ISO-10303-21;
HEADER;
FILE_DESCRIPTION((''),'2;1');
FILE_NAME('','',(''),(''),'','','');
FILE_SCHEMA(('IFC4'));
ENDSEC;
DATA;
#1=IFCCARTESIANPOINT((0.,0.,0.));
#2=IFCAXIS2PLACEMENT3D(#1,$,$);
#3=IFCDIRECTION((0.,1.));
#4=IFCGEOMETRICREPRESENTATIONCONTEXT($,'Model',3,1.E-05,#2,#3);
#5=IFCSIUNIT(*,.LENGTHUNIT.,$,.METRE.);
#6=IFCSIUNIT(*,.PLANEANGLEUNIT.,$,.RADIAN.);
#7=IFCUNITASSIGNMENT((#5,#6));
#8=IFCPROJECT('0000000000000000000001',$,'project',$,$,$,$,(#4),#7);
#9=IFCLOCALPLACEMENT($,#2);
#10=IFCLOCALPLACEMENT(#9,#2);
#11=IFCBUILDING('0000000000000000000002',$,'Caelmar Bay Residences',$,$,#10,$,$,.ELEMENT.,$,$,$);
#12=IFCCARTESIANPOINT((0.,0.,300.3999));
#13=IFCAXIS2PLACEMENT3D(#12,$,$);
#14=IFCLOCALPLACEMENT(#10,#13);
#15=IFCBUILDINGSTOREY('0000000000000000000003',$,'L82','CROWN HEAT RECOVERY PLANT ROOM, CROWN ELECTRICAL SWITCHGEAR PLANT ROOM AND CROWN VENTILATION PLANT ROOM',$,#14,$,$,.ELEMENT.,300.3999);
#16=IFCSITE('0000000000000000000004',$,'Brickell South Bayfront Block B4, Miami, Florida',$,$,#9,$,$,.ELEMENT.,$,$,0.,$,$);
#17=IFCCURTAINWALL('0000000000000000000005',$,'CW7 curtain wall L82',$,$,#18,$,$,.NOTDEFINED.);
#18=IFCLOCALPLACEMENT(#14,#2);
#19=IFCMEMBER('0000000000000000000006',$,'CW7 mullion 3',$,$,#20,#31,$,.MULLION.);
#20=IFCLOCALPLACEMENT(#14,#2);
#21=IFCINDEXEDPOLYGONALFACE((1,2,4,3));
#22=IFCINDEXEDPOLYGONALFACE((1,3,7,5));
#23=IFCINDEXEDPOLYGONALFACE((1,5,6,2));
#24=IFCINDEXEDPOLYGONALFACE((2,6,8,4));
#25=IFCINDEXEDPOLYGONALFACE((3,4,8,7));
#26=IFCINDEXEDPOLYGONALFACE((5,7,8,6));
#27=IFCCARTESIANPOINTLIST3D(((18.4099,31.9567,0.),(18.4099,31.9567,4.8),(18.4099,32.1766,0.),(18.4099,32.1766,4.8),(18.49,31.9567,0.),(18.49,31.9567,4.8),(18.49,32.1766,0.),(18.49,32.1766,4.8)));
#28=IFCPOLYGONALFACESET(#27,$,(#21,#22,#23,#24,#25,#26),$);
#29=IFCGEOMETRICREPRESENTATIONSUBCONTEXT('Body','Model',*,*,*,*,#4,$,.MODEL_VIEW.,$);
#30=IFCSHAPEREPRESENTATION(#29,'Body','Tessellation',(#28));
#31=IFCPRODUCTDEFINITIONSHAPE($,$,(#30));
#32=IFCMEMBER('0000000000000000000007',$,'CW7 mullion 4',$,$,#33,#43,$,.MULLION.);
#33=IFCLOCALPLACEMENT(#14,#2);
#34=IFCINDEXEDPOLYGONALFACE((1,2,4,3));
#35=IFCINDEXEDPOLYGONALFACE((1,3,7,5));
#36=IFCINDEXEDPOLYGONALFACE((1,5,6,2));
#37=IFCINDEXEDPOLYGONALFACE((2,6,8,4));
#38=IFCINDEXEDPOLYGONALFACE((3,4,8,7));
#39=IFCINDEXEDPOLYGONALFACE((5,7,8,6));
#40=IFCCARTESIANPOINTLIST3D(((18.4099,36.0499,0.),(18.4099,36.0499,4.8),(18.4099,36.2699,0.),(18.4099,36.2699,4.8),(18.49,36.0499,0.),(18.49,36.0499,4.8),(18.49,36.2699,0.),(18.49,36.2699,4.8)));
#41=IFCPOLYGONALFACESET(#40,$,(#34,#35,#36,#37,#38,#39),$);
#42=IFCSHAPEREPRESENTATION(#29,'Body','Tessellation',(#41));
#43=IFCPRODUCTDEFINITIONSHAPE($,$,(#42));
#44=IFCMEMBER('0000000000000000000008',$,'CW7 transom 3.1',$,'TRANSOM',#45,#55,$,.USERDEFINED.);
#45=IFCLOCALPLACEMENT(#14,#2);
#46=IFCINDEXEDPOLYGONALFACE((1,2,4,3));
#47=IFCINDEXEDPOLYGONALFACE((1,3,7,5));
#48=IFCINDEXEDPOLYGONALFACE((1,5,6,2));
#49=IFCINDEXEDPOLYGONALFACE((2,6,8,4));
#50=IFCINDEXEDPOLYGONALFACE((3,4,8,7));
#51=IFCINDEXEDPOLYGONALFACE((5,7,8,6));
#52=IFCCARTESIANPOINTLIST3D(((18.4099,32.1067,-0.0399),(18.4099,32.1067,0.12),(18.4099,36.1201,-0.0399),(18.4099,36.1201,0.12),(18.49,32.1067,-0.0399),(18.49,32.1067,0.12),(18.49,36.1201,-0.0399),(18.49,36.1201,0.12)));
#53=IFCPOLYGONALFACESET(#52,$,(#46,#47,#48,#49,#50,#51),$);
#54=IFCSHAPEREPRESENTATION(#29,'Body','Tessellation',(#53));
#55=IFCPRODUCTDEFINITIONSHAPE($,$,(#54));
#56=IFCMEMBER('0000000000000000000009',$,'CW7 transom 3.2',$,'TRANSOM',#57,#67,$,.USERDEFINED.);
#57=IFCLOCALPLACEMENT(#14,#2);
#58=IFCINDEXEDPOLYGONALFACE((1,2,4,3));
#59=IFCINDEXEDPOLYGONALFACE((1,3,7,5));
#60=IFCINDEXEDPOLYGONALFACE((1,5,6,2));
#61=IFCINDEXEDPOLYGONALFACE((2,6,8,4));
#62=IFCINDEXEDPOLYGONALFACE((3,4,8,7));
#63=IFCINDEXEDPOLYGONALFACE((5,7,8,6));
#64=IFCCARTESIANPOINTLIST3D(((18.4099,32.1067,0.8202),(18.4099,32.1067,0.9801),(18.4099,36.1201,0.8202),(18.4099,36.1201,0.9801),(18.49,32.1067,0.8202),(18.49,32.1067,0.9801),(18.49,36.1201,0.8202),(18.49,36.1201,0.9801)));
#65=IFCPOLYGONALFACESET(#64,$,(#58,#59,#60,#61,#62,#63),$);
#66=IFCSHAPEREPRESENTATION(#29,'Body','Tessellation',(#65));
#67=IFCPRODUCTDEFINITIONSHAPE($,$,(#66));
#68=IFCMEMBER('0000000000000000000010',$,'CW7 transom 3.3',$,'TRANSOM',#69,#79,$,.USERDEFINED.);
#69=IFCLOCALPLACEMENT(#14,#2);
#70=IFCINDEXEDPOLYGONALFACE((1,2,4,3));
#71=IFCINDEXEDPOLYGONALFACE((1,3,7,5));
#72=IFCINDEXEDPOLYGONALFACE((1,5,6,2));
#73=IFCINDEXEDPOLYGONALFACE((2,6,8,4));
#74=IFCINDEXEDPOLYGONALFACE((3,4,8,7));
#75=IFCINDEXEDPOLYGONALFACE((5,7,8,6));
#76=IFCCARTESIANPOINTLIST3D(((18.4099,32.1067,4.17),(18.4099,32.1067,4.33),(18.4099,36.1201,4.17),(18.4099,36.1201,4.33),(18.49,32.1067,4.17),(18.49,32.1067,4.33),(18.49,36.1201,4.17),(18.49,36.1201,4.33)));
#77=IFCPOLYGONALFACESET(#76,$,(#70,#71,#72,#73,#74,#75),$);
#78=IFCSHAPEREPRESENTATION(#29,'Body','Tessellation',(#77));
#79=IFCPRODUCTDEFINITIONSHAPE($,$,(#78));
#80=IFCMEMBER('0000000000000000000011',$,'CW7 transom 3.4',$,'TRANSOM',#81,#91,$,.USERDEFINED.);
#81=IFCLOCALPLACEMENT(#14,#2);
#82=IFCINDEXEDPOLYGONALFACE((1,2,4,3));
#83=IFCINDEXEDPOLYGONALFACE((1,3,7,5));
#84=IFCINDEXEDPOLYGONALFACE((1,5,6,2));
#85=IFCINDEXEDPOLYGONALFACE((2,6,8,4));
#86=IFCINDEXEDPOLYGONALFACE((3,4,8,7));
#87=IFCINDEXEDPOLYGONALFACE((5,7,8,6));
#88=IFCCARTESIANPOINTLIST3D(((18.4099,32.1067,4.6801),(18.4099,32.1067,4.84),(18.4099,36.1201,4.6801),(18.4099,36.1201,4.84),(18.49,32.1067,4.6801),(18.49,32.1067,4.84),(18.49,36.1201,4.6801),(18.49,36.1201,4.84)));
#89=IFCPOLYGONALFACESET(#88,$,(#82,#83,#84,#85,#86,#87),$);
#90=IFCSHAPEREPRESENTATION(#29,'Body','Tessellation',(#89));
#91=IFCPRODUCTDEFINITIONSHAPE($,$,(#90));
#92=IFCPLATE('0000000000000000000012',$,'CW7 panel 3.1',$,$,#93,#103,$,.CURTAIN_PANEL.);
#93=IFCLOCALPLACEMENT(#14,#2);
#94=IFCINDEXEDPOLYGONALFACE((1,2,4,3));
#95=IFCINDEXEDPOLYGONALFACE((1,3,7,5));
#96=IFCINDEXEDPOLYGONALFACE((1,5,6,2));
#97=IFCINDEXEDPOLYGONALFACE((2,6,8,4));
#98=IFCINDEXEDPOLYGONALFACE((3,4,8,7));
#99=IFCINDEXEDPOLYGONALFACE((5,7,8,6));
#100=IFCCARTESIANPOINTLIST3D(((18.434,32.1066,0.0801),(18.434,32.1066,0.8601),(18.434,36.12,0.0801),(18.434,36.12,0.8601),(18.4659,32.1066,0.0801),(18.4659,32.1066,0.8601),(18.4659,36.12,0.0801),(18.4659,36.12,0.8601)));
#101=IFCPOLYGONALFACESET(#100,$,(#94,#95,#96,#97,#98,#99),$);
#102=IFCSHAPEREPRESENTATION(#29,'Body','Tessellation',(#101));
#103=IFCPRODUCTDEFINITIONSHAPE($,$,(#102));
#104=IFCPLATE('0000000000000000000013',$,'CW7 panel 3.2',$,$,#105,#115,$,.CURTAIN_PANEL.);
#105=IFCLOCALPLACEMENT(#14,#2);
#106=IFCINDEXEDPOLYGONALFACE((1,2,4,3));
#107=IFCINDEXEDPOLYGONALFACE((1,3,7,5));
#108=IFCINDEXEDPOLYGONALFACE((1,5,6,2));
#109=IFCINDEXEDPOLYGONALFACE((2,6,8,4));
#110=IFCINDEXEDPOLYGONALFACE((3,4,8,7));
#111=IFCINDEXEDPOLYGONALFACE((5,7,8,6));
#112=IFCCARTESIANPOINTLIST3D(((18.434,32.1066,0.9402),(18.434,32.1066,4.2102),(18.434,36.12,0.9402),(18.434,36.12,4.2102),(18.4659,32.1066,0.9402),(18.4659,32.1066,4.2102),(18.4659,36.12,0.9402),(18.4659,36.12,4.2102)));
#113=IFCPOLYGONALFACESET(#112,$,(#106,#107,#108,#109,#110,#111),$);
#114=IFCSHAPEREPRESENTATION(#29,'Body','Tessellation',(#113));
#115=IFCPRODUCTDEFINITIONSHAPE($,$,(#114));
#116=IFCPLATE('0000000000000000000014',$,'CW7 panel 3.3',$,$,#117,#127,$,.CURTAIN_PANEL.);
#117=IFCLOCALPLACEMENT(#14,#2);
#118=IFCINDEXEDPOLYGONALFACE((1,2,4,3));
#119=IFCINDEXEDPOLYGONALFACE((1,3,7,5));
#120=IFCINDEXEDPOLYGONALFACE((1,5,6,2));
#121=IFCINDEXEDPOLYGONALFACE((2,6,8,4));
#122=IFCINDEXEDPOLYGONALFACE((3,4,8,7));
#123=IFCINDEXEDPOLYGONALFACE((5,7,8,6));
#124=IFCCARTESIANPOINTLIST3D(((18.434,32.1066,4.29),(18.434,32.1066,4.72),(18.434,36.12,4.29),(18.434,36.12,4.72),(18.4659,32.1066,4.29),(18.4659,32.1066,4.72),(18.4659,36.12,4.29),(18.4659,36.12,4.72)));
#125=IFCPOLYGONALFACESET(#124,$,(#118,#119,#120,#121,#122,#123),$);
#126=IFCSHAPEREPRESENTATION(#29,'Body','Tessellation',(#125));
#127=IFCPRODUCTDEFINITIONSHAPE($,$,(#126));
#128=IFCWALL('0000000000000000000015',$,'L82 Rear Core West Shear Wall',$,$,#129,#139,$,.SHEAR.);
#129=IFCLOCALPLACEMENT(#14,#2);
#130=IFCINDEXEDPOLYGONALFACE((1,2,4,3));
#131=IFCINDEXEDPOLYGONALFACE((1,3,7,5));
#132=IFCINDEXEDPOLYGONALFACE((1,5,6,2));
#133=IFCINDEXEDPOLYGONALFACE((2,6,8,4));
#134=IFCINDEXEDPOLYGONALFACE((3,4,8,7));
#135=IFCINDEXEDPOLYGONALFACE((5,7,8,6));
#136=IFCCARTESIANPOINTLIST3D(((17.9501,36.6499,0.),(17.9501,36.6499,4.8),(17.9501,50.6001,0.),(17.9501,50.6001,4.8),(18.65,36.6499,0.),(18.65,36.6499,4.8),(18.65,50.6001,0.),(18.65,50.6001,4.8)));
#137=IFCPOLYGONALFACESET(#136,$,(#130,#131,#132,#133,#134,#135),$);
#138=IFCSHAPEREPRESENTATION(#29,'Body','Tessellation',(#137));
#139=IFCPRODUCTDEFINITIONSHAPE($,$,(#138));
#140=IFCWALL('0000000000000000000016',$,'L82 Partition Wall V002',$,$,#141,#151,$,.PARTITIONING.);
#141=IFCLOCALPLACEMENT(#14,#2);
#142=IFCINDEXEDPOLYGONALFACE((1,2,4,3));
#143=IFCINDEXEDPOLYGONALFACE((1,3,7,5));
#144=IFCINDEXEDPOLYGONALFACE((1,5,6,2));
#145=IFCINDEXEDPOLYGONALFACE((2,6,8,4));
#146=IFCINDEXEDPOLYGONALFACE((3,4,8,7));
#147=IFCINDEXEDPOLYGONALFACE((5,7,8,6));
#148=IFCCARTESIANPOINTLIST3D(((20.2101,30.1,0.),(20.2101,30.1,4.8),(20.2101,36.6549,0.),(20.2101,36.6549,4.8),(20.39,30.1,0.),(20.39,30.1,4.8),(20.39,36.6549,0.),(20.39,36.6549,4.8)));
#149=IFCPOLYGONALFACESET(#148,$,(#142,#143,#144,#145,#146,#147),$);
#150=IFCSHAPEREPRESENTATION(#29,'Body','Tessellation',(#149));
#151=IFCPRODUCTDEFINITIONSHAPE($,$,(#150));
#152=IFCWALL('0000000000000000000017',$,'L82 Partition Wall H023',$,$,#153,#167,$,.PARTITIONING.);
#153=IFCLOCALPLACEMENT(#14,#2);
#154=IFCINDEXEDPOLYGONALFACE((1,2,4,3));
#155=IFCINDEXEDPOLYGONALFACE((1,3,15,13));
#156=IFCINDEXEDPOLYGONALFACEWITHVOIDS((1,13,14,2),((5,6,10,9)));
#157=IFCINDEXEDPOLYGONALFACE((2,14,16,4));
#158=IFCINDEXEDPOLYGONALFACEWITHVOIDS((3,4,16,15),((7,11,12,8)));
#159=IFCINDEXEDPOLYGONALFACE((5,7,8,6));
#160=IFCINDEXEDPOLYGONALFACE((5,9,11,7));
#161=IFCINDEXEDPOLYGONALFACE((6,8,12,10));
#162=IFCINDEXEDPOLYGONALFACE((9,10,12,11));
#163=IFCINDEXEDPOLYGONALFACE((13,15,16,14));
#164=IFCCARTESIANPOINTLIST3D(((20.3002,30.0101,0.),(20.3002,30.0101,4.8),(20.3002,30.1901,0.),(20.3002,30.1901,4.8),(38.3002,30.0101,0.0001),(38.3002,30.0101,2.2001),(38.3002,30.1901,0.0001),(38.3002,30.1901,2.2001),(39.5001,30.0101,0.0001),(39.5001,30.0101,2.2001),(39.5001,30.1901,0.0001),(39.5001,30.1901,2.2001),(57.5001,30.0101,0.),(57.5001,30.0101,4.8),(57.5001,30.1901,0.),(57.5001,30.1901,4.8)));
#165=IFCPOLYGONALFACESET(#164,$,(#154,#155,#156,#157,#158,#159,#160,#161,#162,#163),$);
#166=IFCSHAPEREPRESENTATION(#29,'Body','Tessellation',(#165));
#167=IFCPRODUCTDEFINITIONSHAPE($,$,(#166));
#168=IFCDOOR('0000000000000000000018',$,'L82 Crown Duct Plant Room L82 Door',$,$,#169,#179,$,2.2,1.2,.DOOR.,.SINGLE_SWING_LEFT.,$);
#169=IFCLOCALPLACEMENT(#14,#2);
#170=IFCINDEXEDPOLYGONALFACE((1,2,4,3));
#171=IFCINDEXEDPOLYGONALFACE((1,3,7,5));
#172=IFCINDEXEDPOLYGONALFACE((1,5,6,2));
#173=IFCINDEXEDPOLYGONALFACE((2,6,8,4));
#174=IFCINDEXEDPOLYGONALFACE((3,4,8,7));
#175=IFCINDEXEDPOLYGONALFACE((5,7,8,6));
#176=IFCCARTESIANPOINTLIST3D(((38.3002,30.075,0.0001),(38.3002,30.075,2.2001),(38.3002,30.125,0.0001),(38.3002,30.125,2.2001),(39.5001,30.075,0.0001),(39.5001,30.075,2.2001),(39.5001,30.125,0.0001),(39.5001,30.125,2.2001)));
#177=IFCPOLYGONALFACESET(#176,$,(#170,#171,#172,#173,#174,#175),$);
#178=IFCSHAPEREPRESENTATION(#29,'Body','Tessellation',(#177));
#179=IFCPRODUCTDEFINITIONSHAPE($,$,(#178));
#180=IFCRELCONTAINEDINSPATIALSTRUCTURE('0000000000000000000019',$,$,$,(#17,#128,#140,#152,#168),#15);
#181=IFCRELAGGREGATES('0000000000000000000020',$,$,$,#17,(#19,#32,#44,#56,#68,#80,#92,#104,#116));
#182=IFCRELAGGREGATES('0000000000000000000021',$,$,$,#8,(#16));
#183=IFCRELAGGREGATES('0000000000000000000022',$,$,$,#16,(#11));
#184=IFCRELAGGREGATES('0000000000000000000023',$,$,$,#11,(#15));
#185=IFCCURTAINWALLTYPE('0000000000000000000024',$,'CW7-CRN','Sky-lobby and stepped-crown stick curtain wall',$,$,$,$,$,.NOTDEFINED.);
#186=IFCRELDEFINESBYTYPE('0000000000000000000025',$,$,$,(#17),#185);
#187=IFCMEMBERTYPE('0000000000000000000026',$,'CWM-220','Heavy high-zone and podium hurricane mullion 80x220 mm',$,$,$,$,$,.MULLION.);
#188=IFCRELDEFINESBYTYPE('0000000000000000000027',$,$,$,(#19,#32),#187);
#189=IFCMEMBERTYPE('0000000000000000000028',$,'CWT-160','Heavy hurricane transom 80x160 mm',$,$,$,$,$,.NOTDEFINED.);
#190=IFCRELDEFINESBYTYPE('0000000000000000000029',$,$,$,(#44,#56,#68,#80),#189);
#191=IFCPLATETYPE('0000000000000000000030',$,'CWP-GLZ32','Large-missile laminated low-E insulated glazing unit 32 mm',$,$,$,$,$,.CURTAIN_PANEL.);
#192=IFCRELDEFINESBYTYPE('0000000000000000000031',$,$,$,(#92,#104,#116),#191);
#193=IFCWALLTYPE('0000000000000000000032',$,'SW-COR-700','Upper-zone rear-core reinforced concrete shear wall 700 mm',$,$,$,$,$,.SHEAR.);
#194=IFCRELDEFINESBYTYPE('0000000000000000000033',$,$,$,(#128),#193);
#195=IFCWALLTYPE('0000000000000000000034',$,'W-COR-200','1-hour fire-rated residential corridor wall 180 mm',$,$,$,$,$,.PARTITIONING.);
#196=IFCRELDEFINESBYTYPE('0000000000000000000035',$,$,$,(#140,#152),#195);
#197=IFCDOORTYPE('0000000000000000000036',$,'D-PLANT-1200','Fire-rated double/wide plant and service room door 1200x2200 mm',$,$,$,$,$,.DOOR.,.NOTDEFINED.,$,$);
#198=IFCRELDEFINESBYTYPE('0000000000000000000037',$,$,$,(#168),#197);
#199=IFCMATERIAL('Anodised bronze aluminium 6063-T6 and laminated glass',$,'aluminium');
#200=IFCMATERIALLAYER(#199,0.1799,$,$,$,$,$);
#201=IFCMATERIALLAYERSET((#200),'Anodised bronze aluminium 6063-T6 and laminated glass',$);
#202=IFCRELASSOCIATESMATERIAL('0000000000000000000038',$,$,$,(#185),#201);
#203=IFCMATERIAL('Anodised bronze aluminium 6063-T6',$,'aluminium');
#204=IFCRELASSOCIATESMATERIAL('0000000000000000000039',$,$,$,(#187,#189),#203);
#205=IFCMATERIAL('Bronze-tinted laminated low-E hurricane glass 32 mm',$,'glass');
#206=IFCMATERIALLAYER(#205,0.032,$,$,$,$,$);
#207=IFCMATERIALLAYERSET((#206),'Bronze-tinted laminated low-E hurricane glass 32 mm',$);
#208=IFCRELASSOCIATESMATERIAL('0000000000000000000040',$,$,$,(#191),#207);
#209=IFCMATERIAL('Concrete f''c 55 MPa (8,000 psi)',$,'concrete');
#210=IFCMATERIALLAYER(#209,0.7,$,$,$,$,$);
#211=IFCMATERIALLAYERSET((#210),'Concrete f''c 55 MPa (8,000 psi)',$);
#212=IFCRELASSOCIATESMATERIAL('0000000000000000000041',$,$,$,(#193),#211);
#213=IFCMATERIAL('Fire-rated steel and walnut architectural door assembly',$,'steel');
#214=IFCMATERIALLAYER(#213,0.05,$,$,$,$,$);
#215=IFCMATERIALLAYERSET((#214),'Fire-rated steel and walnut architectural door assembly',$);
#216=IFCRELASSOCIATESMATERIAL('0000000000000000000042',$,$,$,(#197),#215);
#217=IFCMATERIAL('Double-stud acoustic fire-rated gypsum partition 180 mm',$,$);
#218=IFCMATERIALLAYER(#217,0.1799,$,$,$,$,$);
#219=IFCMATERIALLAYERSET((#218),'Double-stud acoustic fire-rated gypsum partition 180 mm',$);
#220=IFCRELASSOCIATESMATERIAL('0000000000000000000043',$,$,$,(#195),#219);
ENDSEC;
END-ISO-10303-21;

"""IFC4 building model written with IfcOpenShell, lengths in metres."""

from ifc_helpers import new_model, si_unit, direction, frame, frame_2d, origin, origin_2d, place, context, subcontext, project, spatial, rectangle, extrude, material, layer, layer_set, material_profile, profile_set, type_object, element, fill, aggregate, save


model = new_model("IFC4")

# Units and contexts
model_context = context("Model", 3, precision=1e-05, world=origin(), true_north=direction((0.0, 1.0)))
body_context = subcontext(model_context, "Body", "Model", "MODEL_VIEW")
ifc_project = project(units=[si_unit("LENGTHUNIT", "METRE"), si_unit("PLANEANGLEUNIT", "RADIAN")], contexts=[model_context])

# Site, building, storey
site_placement = place(None, origin())
site = spatial("IfcSite", under=ifc_project, at=site_placement, Name="Brickell South Bayfront Block B4, Miami, Florida", CompositionType="ELEMENT", RefElevation=0.0)
building_placement = place(site_placement, origin())
building = spatial("IfcBuilding", under=site, at=building_placement, Name="Caelmar Bay Residences", CompositionType="ELEMENT")
storey_placement = place(building_placement, frame((0.0, 0.0, 300.3999)))
storey = spatial("IfcBuildingStorey", under=building, at=storey_placement, Name="L82", Description="CROWN HEAT RECOVERY PLANT ROOM, CROWN ELECTRICAL SWITCHGEAR PLANT ROOM AND CROWN VENTILATION PLANT ROOM", CompositionType="ELEMENT", Elevation=300.3999)

# Curtain wall, members, plates
ifc_material_1 = material(Name="Anodised bronze aluminium 6063-T6 and laminated glass", Category="aluminium")
ifc_layer_1 = layer(ifc_material_1, 0.1799)
ifc_layer_set_1 = layer_set([ifc_layer_1], Name="Anodised bronze aluminium 6063-T6 and laminated glass")
curtain_wall_type = type_object("IfcCurtainWallType", Name="CW7-CRN", Description="Sky-lobby and stepped-crown stick curtain wall", PredefinedType="NOTDEFINED", material=ifc_layer_set_1)
curtain_wall_placement = place(storey_placement, origin())
curtain_wall = element("IfcCurtainWall", 1, at=curtain_wall_placement, inside=storey, type_object=curtain_wall_type, Name="CW7 curtain wall L82", PredefinedType="NOTDEFINED")
ifc_material_2 = material(Name="Anodised bronze aluminium 6063-T6", Category="aluminium")
ifc_material_profile_1 = material_profile(ifc_material_2, rectangle(XDim=0.0801, YDim=0.22, at=origin_2d()), Name="CWM-80X220")
ifc_profile_set_1 = profile_set([ifc_material_profile_1], Name="Anodised bronze aluminium 6063-T6")
member_type_1 = type_object("IfcMemberType", Name="CWM-220", Description="Heavy high-zone and podium hurricane mullion 80x220 mm", PredefinedType="MULLION", material=ifc_profile_set_1)
member_1_placement = place(storey_placement, frame((18.45, 32.0667, 0.0), z_axis=(0.0, 0.0, 1.0), x_axis=(-1.0, 0.0, 0.0)))
member_1 = element("IfcMember", 2, at=member_1_placement, type_object=member_type_1, Name="CW7 mullion 3", PredefinedType="MULLION", context=body_context, shape_type="SweptSolid", body=[
    extrude(rectangle(XDim=0.0801, YDim=0.22, at=origin_2d()), origin(), (0.0, 0.0, 1.0), 4.8),
])
member_2_placement = place(storey_placement, frame((18.45, 36.1599, 0.0), z_axis=(0.0, 0.0, 1.0), x_axis=(-1.0, 0.0, 0.0)))
member_2 = element("IfcMember", 3, at=member_2_placement, type_object=member_type_1, Name="CW7 mullion 4", PredefinedType="MULLION", context=body_context, shape_type="SweptSolid", body=[
    extrude(rectangle(XDim=0.0801, YDim=0.22, at=origin_2d()), origin(), (0.0, 0.0, 1.0), 4.8),
])
ifc_material_profile_2 = material_profile(ifc_material_2, rectangle(XDim=0.0801, YDim=0.1599, at=origin_2d()), Name="CWT-80X160")
ifc_profile_set_2 = profile_set([ifc_material_profile_2], Name="Anodised bronze aluminium 6063-T6")
member_type_2 = type_object("IfcMemberType", Name="CWT-160", Description="Heavy hurricane transom 80x160 mm", PredefinedType="NOTDEFINED", material=ifc_profile_set_2)
member_3_placement = place(storey_placement, frame((18.45, 32.1067, 0.04), z_axis=(0.0, 1.0, 0.0), x_axis=(-1.0, 0.0, 0.0)))
member_3 = element("IfcMember", 4, at=member_3_placement, type_object=member_type_2, Name="CW7 transom 3.1", ObjectType="TRANSOM", PredefinedType="USERDEFINED", context=body_context, shape_type="SweptSolid", body=[
    extrude(rectangle(XDim=0.0801, YDim=0.1599, at=origin_2d()), origin(), (0.0, 0.0, 1.0), 4.0134),
])
member_4_placement = place(storey_placement, frame((18.45, 32.1067, 0.9001), z_axis=(0.0, 1.0, 0.0), x_axis=(-1.0, 0.0, 0.0)))
member_4 = element("IfcMember", 5, at=member_4_placement, type_object=member_type_2, Name="CW7 transom 3.2", ObjectType="TRANSOM", PredefinedType="USERDEFINED", context=body_context, shape_type="SweptSolid", body=[
    extrude(rectangle(XDim=0.0801, YDim=0.1599, at=origin_2d()), origin(), (0.0, 0.0, 1.0), 4.0134),
])
member_5_placement = place(storey_placement, frame((18.45, 32.1067, 4.25), z_axis=(0.0, 1.0, 0.0), x_axis=(-1.0, 0.0, 0.0)))
member_5 = element("IfcMember", 6, at=member_5_placement, type_object=member_type_2, Name="CW7 transom 3.3", ObjectType="TRANSOM", PredefinedType="USERDEFINED", context=body_context, shape_type="SweptSolid", body=[
    extrude(rectangle(XDim=0.0801, YDim=0.1599, at=origin_2d()), origin(), (0.0, 0.0, 1.0), 4.0134),
])
member_6_placement = place(storey_placement, frame((18.45, 32.1067, 4.76), z_axis=(0.0, 1.0, 0.0), x_axis=(-1.0, 0.0, 0.0)))
member_6 = element("IfcMember", 7, at=member_6_placement, type_object=member_type_2, Name="CW7 transom 3.4", ObjectType="TRANSOM", PredefinedType="USERDEFINED", context=body_context, shape_type="SweptSolid", body=[
    extrude(rectangle(XDim=0.0801, YDim=0.1599, at=origin_2d()), origin(), (0.0, 0.0, 1.0), 4.0134),
])
ifc_material_3 = material(Name="Bronze-tinted laminated low-E hurricane glass 32 mm", Category="glass")
ifc_layer_2 = layer(ifc_material_3, 0.032)
ifc_layer_set_2 = layer_set([ifc_layer_2], Name="Bronze-tinted laminated low-E hurricane glass 32 mm")
plate_type = type_object("IfcPlateType", Name="CWP-GLZ32", Description="Large-missile laminated low-E insulated glazing unit 32 mm", PredefinedType="CURTAIN_PANEL", material=ifc_layer_set_2)
plate_1_placement = place(storey_placement, frame((18.45, 34.1133, 0.0801), z_axis=(0.0, 0.0, 1.0), x_axis=(0.0, 1.0, 0.0)))
plate_1 = element("IfcPlate", 8, at=plate_1_placement, type_object=plate_type, Name="CW7 panel 3.1", PredefinedType="CURTAIN_PANEL", context=body_context, shape_type="SweptSolid", body=[
    extrude(rectangle(XDim=4.0134, YDim=0.032, at=origin_2d()), origin(), (0.0, 0.0, 1.0), 0.78),
])
plate_2_placement = place(storey_placement, frame((18.45, 34.1133, 0.9402), z_axis=(0.0, 0.0, 1.0), x_axis=(0.0, 1.0, 0.0)))
plate_2 = element("IfcPlate", 9, at=plate_2_placement, type_object=plate_type, Name="CW7 panel 3.2", PredefinedType="CURTAIN_PANEL", context=body_context, shape_type="SweptSolid", body=[
    extrude(rectangle(XDim=4.0134, YDim=0.032, at=origin_2d()), origin(), (0.0, 0.0, 1.0), 3.27),
])
plate_3_placement = place(storey_placement, frame((18.45, 34.1133, 4.29), z_axis=(0.0, 0.0, 1.0), x_axis=(0.0, 1.0, 0.0)))
plate_3 = element("IfcPlate", 10, at=plate_3_placement, type_object=plate_type, Name="CW7 panel 3.3", PredefinedType="CURTAIN_PANEL", context=body_context, shape_type="SweptSolid", body=[
    extrude(rectangle(XDim=4.0134, YDim=0.032, at=origin_2d()), origin(), (0.0, 0.0, 1.0), 0.4299),
])
aggregate(curtain_wall, [member_1, member_2, member_3, member_4, member_5, member_6, plate_1, plate_2, plate_3])

# Shared definitions
ifc_material_4 = material(Name="Concrete f'c 55 MPa (8,000 psi)", Category="concrete")
ifc_layer_3 = layer(ifc_material_4, 0.7)
ifc_layer_set_3 = layer_set([ifc_layer_3], Name="Concrete f'c 55 MPa (8,000 psi)")
wall_type_1 = type_object("IfcWallType", Name="SW-COR-700", Description="Upper-zone rear-core reinforced concrete shear wall 700 mm", PredefinedType="SHEAR", material=ifc_layer_set_3)
ifc_material_5 = material(Name="Fire-rated steel and walnut architectural door assembly", Category="steel")
ifc_layer_4 = layer(ifc_material_5, 0.05)
ifc_layer_set_4 = layer_set([ifc_layer_4], Name="Fire-rated steel and walnut architectural door assembly")
door_type_1 = type_object("IfcDoorType", Name="D-PLANT-1200", Description="Fire-rated double/wide plant and service room door 1200x2200 mm", OperationType="NOTDEFINED", PredefinedType="DOOR", material=ifc_layer_set_4)

# Walls
wall_1_placement = place(storey_placement, frame((18.3, 36.6499, 0.0), z_axis=(0.0, 0.0, 1.0), x_axis=(0.0, 1.0, 0.0)))
element("IfcWall", 11, at=wall_1_placement, inside=storey, type_object=wall_type_1, Name="L82 Rear Core West Shear Wall", PredefinedType="SHEAR", context=body_context, shape_type="SweptSolid", body=[
    extrude(rectangle(XDim=13.9502, YDim=0.7, at=frame_2d((6.9751, 0.0))), origin(), (0.0, 0.0, 1.0), 4.8),
])
ifc_material_6 = material(Name="Double-stud acoustic fire-rated gypsum partition 180 mm")
ifc_layer_5 = layer(ifc_material_6, 0.1799)
ifc_layer_set_5 = layer_set([ifc_layer_5], Name="Double-stud acoustic fire-rated gypsum partition 180 mm")
wall_type_2 = type_object("IfcWallType", Name="W-COR-200", Description="1-hour fire-rated residential corridor wall 180 mm", PredefinedType="PARTITIONING", material=ifc_layer_set_5)
wall_2_placement = place(storey_placement, frame((20.3, 30.1001, 0.0), z_axis=(0.0, 0.0, 1.0), x_axis=(0.0, 1.0, 0.0)))
element("IfcWall", 12, at=wall_2_placement, inside=storey, type_object=wall_type_2, Name="L82 Partition Wall V002", PredefinedType="PARTITIONING", context=body_context, shape_type="SweptSolid", body=[
    extrude(rectangle(XDim=6.5549, YDim=0.1799, at=frame_2d((3.2773, 0.0))), origin(), (0.0, 0.0, 1.0), 4.8),
])

# Wall, opening, door
wall_3_placement = place(storey_placement, frame((20.3, 30.1001, 0.0), z_axis=(0.0, 0.0, 1.0), x_axis=(1.0, 0.0, 0.0)))
wall_3 = element("IfcWall", 13, at=wall_3_placement, inside=storey, type_object=wall_type_2, Name="L82 Partition Wall H023", PredefinedType="PARTITIONING", context=body_context, shape_type="SweptSolid", body=[
    extrude(rectangle(XDim=37.2, YDim=0.1799, at=frame_2d((18.6001, 0.0))), origin(), (0.0, 0.0, 1.0), 4.8),
])
opening_1_placement = place(wall_3_placement, frame((18.0, 0.0, 0.0)))
opening_1 = element("IfcOpeningElement", 14, at=opening_1_placement, cuts=wall_3, PredefinedType="OPENING", context=body_context, shape_type="SweptSolid", body=[
    extrude(rectangle(XDim=1.2, YDim=2.2, at=frame_2d((0.6001, 1.1001))), frame((0.0, 0.0999, 0.0), z_axis=(0.0, -1.0, 0.0), x_axis=(1.0, 0.0, 0.0)), (0.0, 0.0, 1.0), 0.2),
])
door_1_placement = place(opening_1_placement, origin())
door_1 = element("IfcDoor", 15, at=door_1_placement, inside=storey, type_object=door_type_1, Name="L82 Crown Duct Plant Room L82 Door", OperationType="SINGLE_SWING_LEFT", OverallHeight=2.2, OverallWidth=1.2, PredefinedType="DOOR", context=body_context, shape_type="SweptSolid", body=[
    extrude(rectangle(XDim=1.2, YDim=2.2, at=frame_2d((0.6001, 1.1001))), frame((0.0, 0.0249, 0.0), z_axis=(0.0, -1.0, 0.0), x_axis=(1.0, 0.0, 0.0)), (0.0, 0.0, 1.0), 0.05),
])
fill(opening_1, door_1)

save(model, "model.ifc")
